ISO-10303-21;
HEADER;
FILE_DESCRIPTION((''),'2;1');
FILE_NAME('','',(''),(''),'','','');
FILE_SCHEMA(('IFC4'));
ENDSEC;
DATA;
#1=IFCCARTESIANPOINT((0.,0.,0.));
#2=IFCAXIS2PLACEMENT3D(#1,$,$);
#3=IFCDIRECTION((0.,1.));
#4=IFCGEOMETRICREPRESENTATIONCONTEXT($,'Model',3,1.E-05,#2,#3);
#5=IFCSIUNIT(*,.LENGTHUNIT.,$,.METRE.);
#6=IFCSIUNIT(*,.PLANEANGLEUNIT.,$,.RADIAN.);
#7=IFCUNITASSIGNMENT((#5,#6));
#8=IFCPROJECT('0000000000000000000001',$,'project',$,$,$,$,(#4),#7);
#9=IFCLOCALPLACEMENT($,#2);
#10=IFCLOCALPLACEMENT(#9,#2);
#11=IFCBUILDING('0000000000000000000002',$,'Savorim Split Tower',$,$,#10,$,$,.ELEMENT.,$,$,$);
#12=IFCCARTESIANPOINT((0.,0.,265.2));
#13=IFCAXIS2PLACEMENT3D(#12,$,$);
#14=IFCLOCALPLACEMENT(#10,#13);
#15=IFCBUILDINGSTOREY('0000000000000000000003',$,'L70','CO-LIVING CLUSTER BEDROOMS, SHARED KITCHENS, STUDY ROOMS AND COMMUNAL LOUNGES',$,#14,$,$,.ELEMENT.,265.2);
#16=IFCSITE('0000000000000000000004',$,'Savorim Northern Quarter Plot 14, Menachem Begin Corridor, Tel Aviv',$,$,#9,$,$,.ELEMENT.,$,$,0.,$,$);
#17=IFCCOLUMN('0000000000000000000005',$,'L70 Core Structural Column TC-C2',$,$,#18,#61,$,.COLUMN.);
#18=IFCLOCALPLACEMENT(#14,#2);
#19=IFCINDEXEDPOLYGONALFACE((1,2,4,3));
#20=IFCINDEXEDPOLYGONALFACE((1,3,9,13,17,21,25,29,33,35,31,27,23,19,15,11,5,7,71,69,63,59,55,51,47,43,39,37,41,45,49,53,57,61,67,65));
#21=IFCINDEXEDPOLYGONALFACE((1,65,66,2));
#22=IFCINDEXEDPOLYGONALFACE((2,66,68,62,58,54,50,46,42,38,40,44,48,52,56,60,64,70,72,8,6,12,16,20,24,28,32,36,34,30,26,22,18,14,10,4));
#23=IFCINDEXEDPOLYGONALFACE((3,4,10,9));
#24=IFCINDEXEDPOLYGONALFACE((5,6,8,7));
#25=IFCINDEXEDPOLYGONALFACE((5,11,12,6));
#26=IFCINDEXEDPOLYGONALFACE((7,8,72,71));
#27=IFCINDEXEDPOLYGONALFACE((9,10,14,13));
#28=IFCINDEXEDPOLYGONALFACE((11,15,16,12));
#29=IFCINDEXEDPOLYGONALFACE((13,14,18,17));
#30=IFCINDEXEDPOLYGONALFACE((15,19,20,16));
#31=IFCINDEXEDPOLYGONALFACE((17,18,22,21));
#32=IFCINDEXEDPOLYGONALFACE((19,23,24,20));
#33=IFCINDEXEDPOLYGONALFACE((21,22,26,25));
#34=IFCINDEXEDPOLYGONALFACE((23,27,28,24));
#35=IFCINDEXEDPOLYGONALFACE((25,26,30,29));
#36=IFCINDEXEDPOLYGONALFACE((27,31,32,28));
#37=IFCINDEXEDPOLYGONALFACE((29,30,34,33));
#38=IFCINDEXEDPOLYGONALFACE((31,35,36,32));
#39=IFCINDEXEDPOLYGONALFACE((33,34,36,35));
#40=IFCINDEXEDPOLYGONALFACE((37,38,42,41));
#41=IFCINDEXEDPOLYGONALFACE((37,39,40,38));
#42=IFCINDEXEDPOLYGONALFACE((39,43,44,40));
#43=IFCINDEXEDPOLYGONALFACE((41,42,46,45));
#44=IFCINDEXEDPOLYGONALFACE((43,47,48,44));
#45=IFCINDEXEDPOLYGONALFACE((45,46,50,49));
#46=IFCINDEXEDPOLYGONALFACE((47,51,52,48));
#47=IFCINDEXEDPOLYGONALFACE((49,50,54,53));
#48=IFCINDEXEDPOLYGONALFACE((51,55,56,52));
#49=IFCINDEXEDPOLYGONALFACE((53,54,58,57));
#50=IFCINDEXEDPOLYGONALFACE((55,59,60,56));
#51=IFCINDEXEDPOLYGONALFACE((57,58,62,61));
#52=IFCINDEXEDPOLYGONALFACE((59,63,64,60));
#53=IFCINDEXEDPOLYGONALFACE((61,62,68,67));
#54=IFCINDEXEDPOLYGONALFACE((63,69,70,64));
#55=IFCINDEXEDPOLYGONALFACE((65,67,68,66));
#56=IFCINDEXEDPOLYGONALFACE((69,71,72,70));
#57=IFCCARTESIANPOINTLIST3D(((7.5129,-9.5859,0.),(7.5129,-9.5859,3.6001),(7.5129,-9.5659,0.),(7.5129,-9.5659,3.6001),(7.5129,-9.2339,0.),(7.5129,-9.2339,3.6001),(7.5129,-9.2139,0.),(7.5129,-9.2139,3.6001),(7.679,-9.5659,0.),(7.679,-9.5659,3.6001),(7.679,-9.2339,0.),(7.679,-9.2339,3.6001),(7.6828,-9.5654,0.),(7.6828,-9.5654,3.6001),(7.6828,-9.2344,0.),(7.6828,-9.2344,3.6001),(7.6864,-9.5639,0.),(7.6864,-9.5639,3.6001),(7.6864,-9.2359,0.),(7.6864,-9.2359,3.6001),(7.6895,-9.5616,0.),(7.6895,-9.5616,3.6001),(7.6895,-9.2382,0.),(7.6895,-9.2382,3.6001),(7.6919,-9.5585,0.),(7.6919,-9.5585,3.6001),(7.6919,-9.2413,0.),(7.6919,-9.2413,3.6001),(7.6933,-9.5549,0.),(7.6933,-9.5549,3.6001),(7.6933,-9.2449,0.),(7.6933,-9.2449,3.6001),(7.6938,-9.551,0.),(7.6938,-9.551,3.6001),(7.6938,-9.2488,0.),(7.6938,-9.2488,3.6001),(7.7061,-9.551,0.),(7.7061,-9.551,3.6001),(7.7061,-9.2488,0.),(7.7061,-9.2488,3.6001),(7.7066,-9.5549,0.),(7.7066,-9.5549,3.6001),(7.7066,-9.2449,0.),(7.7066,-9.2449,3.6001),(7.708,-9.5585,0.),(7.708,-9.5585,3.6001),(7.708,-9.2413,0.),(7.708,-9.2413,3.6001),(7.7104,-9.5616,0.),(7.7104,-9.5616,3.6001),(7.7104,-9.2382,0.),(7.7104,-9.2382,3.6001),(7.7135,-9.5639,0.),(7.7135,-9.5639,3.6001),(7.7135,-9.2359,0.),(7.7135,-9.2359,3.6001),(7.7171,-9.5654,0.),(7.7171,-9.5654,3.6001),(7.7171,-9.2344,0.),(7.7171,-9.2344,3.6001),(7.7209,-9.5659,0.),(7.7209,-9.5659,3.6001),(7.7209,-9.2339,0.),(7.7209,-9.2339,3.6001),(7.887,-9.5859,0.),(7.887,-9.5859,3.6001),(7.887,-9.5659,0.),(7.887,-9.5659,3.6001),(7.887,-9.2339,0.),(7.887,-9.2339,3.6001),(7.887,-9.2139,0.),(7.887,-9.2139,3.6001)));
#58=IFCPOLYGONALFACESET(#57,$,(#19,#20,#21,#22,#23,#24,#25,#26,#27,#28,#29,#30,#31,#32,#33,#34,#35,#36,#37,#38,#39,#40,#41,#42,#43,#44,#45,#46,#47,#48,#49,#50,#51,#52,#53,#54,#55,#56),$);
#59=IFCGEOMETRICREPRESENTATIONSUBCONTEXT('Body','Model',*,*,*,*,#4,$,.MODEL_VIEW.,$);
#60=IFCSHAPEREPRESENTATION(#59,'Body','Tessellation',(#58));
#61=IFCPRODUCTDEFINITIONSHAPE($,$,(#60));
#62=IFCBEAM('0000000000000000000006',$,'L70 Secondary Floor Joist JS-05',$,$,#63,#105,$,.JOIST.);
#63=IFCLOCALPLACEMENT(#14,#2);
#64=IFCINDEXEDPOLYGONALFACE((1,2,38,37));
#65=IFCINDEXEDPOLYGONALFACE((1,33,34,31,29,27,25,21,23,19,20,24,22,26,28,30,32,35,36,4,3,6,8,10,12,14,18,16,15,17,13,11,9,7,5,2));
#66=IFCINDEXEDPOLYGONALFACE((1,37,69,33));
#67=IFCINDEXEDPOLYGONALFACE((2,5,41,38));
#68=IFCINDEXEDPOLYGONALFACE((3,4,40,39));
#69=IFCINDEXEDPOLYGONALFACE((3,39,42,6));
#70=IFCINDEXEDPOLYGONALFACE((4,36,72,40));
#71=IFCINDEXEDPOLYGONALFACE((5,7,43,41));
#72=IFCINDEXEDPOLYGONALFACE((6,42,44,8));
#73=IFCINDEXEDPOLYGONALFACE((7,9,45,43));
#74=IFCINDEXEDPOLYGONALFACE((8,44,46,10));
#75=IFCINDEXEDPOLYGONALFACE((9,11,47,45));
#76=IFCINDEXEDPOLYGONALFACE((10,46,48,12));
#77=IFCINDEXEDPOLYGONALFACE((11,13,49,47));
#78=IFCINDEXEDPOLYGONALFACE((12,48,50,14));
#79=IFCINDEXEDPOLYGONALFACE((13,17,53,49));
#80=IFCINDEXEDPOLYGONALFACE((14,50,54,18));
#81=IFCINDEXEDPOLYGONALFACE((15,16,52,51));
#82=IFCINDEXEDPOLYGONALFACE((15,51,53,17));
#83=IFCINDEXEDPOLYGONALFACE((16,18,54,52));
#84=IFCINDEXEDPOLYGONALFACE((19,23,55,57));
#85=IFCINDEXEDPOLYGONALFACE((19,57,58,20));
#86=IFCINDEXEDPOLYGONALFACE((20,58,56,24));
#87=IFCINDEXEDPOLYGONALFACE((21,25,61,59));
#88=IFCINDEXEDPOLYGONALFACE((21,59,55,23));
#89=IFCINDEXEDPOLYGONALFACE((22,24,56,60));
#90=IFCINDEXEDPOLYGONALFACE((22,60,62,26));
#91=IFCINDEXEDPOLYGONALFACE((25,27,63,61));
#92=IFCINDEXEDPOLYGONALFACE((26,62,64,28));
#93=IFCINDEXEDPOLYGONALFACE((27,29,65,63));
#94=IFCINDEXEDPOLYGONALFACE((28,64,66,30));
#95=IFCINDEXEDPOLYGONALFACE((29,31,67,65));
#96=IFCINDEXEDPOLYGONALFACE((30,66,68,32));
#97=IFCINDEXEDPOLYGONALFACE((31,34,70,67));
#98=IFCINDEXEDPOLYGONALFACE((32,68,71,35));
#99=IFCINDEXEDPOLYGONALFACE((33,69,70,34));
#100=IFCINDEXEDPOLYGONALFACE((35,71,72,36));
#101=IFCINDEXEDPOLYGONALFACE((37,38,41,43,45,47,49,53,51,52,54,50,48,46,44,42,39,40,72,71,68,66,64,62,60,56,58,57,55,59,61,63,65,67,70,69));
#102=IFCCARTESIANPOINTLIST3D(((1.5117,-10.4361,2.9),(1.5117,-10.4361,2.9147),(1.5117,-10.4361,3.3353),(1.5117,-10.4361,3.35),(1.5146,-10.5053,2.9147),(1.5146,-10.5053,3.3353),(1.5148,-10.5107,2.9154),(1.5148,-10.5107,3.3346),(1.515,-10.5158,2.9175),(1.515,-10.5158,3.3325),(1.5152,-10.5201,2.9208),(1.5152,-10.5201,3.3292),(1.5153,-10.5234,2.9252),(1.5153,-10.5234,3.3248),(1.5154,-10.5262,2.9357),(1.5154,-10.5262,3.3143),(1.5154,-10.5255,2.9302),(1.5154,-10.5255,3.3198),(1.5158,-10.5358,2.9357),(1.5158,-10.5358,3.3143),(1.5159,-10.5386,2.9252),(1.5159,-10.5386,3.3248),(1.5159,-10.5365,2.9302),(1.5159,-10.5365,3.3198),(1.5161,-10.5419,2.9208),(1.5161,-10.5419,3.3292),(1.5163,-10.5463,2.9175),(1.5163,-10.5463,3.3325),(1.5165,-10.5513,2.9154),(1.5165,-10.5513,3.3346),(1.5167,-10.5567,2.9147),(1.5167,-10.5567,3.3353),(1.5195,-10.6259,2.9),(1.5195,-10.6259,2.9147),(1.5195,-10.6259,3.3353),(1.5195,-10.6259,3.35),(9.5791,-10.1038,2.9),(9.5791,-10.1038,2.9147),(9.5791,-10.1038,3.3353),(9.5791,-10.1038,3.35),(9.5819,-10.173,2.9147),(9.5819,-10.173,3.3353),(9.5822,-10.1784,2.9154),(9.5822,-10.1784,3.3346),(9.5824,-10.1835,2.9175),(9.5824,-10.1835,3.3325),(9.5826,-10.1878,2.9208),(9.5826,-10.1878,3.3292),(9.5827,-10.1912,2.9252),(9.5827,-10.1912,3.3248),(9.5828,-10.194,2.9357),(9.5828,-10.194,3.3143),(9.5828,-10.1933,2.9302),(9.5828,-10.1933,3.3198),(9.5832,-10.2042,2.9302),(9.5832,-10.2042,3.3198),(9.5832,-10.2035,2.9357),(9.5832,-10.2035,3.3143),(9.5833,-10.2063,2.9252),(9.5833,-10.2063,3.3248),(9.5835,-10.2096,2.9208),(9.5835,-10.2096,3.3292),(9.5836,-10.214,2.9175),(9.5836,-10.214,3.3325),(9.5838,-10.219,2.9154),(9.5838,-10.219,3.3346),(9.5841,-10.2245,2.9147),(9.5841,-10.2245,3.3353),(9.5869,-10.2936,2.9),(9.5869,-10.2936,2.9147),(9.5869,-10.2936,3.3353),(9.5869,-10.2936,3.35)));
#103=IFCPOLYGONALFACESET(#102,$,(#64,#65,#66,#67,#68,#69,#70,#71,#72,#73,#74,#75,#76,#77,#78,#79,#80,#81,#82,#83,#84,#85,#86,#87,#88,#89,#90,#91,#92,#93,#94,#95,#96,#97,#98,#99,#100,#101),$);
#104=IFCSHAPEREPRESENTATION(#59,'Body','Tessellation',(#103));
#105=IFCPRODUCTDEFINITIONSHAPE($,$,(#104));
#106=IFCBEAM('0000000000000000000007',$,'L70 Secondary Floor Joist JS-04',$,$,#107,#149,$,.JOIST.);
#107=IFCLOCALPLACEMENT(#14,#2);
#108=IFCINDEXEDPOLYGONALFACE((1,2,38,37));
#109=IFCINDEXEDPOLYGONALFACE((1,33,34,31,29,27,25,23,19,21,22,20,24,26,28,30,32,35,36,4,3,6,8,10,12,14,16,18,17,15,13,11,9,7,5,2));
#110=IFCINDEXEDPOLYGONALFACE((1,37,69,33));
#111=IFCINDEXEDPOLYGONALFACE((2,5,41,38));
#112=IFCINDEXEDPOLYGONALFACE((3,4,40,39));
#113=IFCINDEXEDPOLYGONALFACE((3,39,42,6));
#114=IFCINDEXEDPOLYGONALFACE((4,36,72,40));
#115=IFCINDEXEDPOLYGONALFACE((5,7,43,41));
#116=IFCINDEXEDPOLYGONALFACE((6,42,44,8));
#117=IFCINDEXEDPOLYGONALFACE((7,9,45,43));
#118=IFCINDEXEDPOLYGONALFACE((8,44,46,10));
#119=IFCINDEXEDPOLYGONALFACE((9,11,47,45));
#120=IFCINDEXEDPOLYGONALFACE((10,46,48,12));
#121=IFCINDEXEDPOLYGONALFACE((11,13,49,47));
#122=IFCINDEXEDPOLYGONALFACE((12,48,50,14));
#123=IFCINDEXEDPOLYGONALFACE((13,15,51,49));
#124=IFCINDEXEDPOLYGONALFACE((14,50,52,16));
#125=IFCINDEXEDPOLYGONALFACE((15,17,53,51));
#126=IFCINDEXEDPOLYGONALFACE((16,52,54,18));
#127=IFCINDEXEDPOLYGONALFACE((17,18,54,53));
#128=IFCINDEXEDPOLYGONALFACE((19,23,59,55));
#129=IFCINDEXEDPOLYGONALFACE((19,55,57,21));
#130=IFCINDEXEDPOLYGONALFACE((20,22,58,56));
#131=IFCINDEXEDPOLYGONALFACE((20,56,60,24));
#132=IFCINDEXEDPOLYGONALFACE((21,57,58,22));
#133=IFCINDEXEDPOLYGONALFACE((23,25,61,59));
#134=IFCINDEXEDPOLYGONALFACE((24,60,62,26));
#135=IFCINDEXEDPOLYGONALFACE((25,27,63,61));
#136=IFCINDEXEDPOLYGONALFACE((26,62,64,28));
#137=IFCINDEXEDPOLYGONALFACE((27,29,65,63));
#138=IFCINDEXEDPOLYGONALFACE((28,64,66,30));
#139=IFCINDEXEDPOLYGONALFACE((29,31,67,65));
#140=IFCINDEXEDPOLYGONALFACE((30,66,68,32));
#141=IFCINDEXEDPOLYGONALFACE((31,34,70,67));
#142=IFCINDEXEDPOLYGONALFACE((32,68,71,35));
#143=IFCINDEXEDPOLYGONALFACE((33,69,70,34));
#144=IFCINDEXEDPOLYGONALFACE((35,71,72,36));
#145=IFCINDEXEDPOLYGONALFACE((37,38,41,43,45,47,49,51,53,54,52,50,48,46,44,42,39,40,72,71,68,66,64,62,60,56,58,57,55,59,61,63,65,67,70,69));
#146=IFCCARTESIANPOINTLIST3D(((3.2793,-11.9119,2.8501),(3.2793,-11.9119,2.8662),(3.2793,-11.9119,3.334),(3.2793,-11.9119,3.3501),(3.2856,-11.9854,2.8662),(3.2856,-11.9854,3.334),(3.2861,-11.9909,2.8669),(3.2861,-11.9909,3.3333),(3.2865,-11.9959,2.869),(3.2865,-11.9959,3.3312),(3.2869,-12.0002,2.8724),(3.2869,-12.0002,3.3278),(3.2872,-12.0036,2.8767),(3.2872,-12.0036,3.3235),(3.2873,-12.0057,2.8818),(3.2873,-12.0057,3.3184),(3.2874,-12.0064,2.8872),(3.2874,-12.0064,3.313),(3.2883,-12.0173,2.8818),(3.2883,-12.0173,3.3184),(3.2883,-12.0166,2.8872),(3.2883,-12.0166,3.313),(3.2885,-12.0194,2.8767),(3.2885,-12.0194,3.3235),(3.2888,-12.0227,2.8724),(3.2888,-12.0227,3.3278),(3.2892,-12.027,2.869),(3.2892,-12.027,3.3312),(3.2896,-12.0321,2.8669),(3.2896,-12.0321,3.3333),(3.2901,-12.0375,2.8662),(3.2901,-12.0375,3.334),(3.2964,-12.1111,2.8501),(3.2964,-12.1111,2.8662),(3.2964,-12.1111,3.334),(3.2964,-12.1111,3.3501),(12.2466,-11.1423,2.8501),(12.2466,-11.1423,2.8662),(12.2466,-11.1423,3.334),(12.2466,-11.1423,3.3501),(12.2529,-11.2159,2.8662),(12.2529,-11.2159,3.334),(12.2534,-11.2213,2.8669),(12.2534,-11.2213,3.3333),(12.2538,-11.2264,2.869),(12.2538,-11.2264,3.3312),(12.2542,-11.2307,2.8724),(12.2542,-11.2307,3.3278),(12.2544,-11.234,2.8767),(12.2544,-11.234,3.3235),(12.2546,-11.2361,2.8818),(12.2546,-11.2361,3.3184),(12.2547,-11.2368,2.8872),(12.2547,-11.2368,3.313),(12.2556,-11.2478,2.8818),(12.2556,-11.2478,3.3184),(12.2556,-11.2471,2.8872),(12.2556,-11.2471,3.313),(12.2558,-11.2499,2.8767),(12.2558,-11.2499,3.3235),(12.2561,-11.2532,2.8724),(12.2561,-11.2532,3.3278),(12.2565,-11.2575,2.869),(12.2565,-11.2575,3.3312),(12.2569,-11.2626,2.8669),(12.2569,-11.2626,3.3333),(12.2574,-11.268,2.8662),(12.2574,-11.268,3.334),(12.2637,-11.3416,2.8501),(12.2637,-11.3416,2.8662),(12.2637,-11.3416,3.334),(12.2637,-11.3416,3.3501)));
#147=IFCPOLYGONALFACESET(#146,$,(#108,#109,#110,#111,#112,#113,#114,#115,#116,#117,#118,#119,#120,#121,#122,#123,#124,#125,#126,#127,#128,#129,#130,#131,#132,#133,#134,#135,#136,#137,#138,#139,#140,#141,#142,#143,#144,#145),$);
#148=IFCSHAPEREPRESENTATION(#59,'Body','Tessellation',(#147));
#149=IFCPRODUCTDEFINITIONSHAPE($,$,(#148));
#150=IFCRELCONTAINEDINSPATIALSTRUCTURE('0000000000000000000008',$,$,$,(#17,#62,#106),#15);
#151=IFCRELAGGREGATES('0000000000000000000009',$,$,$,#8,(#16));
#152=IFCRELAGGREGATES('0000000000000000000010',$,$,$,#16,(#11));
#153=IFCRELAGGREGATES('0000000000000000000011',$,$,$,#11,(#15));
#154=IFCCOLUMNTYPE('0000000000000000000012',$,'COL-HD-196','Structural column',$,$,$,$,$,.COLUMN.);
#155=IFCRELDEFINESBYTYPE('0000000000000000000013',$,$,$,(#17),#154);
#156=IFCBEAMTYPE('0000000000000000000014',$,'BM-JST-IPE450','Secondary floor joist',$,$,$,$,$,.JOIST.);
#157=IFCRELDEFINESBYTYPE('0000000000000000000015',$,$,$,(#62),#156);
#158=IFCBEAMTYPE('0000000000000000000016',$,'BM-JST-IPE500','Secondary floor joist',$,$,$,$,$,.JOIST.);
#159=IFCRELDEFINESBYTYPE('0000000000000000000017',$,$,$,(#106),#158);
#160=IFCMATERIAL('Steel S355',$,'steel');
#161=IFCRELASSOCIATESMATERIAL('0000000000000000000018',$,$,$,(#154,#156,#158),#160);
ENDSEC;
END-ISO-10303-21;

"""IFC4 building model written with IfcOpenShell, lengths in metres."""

from ifc_helpers import new_model, si_unit, direction, frame, origin, origin_2d, place, context, subcontext, project, spatial, i_section, extrude, material, material_profile, profile_set, type_object, element, save


model = new_model("IFC4")

# Units and contexts
model_context = context("Model", 3, precision=1e-05, world=origin(), true_north=direction((0.0, 1.0)))
body_context = subcontext(model_context, "Body", "Model", "MODEL_VIEW")
ifc_project = project(units=[si_unit("LENGTHUNIT", "METRE"), si_unit("PLANEANGLEUNIT", "RADIAN")], contexts=[model_context])

# Site, building, storey
site_placement = place(None, origin())
site = spatial("IfcSite", under=ifc_project, at=site_placement, Name="Savorim Northern Quarter Plot 14, Menachem Begin Corridor, Tel Aviv", CompositionType="ELEMENT", RefElevation=0.0)
building_placement = place(site_placement, origin())
building = spatial("IfcBuilding", under=site, at=building_placement, Name="Savorim Split Tower", CompositionType="ELEMENT")
storey_placement = place(building_placement, frame((0.0, 0.0, 265.2)))
storey = spatial("IfcBuildingStorey", under=building, at=storey_placement, Name="L70", Description="CO-LIVING CLUSTER BEDROOMS, SHARED KITCHENS, STUDY ROOMS AND COMMUNAL LOUNGES", CompositionType="ELEMENT", Elevation=265.2)

# Column
ifc_material_1 = material(Name="Steel S355", Category="steel")
ifc_material_profile_1 = material_profile(ifc_material_1, i_section(OverallWidth=0.374, OverallDepth=0.3721, WebThickness=0.0122, FlangeThickness=0.02, FilletRadius=0.0149, at=origin_2d()), Name="HD 360x196")
ifc_profile_set_1 = profile_set([ifc_material_profile_1], Name="Steel S355")
column_type = type_object("IfcColumnType", Name="COL-HD-196", Description="Structural column", PredefinedType="COLUMN", material=ifc_profile_set_1)
column_placement = place(storey_placement, frame((7.7, -9.3999, 0.0), z_axis=(0.0, 0.0, 1.0), x_axis=(1.0, 0.0, 0.0)))
element("IfcColumn", 1, at=column_placement, inside=storey, type_object=column_type, Name="L70 Core Structural Column TC-C2", PredefinedType="COLUMN", context=body_context, shape_type="SweptSolid", body=[
    extrude(i_section(OverallWidth=0.374, OverallDepth=0.3721, WebThickness=0.0122, FlangeThickness=0.02, FilletRadius=0.0149, at=origin_2d()), origin(), (0.0, 0.0, 1.0), 3.6001),
])

# Beams
ifc_material_profile_2 = material_profile(ifc_material_1, i_section(OverallWidth=0.1899, OverallDepth=0.45, WebThickness=0.0095, FlangeThickness=0.0146, FilletRadius=0.021, at=origin_2d()), Name="IPE 450")
ifc_profile_set_2 = profile_set([ifc_material_profile_2], Name="Steel S355")
beam_type_1 = type_object("IfcBeamType", Name="BM-JST-IPE450", Description="Secondary floor joist", PredefinedType="JOIST", material=ifc_profile_set_2)
beam_1_placement = place(storey_placement, frame((1.5156, -10.531, 3.125), z_axis=(0.999153, 0.041153, 0.0), x_axis=(-0.041153, 0.999153, 0.0)))
element("IfcBeam", 2, at=beam_1_placement, inside=storey, type_object=beam_type_1, Name="L70 Secondary Floor Joist JS-05", PredefinedType="JOIST", context=body_context, shape_type="SweptSolid", body=[
    extrude(i_section(OverallWidth=0.1899, OverallDepth=0.45, WebThickness=0.0095, FlangeThickness=0.0146, FilletRadius=0.021, at=origin_2d()), origin(), (0.0, 0.0, 1.0), 8.0742),
])
ifc_material_profile_3 = material_profile(ifc_material_1, i_section(OverallWidth=0.2, OverallDepth=0.5, WebThickness=0.0103, FlangeThickness=0.0161, FilletRadius=0.021, at=origin_2d()), Name="IPE 500")
ifc_profile_set_3 = profile_set([ifc_material_profile_3], Name="Steel S355")
beam_type_2 = type_object("IfcBeamType", Name="BM-JST-IPE500", Description="Secondary floor joist", PredefinedType="JOIST", material=ifc_profile_set_3)
beam_2_placement = place(storey_placement, frame((3.2878, -12.0115, 3.1001), z_axis=(0.996338, 0.085501, 0.0), x_axis=(-0.085501, 0.996338, 0.0)))
element("IfcBeam", 3, at=beam_2_placement, inside=storey, type_object=beam_type_2, Name="L70 Secondary Floor Joist JS-04", PredefinedType="JOIST", context=body_context, shape_type="SweptSolid", body=[
    extrude(i_section(OverallWidth=0.2, OverallDepth=0.5, WebThickness=0.0103, FlangeThickness=0.0161, FilletRadius=0.021, at=origin_2d()), origin(), (0.0, 0.0, 1.0), 9.0002),
])

save(model, "model.ifc")
